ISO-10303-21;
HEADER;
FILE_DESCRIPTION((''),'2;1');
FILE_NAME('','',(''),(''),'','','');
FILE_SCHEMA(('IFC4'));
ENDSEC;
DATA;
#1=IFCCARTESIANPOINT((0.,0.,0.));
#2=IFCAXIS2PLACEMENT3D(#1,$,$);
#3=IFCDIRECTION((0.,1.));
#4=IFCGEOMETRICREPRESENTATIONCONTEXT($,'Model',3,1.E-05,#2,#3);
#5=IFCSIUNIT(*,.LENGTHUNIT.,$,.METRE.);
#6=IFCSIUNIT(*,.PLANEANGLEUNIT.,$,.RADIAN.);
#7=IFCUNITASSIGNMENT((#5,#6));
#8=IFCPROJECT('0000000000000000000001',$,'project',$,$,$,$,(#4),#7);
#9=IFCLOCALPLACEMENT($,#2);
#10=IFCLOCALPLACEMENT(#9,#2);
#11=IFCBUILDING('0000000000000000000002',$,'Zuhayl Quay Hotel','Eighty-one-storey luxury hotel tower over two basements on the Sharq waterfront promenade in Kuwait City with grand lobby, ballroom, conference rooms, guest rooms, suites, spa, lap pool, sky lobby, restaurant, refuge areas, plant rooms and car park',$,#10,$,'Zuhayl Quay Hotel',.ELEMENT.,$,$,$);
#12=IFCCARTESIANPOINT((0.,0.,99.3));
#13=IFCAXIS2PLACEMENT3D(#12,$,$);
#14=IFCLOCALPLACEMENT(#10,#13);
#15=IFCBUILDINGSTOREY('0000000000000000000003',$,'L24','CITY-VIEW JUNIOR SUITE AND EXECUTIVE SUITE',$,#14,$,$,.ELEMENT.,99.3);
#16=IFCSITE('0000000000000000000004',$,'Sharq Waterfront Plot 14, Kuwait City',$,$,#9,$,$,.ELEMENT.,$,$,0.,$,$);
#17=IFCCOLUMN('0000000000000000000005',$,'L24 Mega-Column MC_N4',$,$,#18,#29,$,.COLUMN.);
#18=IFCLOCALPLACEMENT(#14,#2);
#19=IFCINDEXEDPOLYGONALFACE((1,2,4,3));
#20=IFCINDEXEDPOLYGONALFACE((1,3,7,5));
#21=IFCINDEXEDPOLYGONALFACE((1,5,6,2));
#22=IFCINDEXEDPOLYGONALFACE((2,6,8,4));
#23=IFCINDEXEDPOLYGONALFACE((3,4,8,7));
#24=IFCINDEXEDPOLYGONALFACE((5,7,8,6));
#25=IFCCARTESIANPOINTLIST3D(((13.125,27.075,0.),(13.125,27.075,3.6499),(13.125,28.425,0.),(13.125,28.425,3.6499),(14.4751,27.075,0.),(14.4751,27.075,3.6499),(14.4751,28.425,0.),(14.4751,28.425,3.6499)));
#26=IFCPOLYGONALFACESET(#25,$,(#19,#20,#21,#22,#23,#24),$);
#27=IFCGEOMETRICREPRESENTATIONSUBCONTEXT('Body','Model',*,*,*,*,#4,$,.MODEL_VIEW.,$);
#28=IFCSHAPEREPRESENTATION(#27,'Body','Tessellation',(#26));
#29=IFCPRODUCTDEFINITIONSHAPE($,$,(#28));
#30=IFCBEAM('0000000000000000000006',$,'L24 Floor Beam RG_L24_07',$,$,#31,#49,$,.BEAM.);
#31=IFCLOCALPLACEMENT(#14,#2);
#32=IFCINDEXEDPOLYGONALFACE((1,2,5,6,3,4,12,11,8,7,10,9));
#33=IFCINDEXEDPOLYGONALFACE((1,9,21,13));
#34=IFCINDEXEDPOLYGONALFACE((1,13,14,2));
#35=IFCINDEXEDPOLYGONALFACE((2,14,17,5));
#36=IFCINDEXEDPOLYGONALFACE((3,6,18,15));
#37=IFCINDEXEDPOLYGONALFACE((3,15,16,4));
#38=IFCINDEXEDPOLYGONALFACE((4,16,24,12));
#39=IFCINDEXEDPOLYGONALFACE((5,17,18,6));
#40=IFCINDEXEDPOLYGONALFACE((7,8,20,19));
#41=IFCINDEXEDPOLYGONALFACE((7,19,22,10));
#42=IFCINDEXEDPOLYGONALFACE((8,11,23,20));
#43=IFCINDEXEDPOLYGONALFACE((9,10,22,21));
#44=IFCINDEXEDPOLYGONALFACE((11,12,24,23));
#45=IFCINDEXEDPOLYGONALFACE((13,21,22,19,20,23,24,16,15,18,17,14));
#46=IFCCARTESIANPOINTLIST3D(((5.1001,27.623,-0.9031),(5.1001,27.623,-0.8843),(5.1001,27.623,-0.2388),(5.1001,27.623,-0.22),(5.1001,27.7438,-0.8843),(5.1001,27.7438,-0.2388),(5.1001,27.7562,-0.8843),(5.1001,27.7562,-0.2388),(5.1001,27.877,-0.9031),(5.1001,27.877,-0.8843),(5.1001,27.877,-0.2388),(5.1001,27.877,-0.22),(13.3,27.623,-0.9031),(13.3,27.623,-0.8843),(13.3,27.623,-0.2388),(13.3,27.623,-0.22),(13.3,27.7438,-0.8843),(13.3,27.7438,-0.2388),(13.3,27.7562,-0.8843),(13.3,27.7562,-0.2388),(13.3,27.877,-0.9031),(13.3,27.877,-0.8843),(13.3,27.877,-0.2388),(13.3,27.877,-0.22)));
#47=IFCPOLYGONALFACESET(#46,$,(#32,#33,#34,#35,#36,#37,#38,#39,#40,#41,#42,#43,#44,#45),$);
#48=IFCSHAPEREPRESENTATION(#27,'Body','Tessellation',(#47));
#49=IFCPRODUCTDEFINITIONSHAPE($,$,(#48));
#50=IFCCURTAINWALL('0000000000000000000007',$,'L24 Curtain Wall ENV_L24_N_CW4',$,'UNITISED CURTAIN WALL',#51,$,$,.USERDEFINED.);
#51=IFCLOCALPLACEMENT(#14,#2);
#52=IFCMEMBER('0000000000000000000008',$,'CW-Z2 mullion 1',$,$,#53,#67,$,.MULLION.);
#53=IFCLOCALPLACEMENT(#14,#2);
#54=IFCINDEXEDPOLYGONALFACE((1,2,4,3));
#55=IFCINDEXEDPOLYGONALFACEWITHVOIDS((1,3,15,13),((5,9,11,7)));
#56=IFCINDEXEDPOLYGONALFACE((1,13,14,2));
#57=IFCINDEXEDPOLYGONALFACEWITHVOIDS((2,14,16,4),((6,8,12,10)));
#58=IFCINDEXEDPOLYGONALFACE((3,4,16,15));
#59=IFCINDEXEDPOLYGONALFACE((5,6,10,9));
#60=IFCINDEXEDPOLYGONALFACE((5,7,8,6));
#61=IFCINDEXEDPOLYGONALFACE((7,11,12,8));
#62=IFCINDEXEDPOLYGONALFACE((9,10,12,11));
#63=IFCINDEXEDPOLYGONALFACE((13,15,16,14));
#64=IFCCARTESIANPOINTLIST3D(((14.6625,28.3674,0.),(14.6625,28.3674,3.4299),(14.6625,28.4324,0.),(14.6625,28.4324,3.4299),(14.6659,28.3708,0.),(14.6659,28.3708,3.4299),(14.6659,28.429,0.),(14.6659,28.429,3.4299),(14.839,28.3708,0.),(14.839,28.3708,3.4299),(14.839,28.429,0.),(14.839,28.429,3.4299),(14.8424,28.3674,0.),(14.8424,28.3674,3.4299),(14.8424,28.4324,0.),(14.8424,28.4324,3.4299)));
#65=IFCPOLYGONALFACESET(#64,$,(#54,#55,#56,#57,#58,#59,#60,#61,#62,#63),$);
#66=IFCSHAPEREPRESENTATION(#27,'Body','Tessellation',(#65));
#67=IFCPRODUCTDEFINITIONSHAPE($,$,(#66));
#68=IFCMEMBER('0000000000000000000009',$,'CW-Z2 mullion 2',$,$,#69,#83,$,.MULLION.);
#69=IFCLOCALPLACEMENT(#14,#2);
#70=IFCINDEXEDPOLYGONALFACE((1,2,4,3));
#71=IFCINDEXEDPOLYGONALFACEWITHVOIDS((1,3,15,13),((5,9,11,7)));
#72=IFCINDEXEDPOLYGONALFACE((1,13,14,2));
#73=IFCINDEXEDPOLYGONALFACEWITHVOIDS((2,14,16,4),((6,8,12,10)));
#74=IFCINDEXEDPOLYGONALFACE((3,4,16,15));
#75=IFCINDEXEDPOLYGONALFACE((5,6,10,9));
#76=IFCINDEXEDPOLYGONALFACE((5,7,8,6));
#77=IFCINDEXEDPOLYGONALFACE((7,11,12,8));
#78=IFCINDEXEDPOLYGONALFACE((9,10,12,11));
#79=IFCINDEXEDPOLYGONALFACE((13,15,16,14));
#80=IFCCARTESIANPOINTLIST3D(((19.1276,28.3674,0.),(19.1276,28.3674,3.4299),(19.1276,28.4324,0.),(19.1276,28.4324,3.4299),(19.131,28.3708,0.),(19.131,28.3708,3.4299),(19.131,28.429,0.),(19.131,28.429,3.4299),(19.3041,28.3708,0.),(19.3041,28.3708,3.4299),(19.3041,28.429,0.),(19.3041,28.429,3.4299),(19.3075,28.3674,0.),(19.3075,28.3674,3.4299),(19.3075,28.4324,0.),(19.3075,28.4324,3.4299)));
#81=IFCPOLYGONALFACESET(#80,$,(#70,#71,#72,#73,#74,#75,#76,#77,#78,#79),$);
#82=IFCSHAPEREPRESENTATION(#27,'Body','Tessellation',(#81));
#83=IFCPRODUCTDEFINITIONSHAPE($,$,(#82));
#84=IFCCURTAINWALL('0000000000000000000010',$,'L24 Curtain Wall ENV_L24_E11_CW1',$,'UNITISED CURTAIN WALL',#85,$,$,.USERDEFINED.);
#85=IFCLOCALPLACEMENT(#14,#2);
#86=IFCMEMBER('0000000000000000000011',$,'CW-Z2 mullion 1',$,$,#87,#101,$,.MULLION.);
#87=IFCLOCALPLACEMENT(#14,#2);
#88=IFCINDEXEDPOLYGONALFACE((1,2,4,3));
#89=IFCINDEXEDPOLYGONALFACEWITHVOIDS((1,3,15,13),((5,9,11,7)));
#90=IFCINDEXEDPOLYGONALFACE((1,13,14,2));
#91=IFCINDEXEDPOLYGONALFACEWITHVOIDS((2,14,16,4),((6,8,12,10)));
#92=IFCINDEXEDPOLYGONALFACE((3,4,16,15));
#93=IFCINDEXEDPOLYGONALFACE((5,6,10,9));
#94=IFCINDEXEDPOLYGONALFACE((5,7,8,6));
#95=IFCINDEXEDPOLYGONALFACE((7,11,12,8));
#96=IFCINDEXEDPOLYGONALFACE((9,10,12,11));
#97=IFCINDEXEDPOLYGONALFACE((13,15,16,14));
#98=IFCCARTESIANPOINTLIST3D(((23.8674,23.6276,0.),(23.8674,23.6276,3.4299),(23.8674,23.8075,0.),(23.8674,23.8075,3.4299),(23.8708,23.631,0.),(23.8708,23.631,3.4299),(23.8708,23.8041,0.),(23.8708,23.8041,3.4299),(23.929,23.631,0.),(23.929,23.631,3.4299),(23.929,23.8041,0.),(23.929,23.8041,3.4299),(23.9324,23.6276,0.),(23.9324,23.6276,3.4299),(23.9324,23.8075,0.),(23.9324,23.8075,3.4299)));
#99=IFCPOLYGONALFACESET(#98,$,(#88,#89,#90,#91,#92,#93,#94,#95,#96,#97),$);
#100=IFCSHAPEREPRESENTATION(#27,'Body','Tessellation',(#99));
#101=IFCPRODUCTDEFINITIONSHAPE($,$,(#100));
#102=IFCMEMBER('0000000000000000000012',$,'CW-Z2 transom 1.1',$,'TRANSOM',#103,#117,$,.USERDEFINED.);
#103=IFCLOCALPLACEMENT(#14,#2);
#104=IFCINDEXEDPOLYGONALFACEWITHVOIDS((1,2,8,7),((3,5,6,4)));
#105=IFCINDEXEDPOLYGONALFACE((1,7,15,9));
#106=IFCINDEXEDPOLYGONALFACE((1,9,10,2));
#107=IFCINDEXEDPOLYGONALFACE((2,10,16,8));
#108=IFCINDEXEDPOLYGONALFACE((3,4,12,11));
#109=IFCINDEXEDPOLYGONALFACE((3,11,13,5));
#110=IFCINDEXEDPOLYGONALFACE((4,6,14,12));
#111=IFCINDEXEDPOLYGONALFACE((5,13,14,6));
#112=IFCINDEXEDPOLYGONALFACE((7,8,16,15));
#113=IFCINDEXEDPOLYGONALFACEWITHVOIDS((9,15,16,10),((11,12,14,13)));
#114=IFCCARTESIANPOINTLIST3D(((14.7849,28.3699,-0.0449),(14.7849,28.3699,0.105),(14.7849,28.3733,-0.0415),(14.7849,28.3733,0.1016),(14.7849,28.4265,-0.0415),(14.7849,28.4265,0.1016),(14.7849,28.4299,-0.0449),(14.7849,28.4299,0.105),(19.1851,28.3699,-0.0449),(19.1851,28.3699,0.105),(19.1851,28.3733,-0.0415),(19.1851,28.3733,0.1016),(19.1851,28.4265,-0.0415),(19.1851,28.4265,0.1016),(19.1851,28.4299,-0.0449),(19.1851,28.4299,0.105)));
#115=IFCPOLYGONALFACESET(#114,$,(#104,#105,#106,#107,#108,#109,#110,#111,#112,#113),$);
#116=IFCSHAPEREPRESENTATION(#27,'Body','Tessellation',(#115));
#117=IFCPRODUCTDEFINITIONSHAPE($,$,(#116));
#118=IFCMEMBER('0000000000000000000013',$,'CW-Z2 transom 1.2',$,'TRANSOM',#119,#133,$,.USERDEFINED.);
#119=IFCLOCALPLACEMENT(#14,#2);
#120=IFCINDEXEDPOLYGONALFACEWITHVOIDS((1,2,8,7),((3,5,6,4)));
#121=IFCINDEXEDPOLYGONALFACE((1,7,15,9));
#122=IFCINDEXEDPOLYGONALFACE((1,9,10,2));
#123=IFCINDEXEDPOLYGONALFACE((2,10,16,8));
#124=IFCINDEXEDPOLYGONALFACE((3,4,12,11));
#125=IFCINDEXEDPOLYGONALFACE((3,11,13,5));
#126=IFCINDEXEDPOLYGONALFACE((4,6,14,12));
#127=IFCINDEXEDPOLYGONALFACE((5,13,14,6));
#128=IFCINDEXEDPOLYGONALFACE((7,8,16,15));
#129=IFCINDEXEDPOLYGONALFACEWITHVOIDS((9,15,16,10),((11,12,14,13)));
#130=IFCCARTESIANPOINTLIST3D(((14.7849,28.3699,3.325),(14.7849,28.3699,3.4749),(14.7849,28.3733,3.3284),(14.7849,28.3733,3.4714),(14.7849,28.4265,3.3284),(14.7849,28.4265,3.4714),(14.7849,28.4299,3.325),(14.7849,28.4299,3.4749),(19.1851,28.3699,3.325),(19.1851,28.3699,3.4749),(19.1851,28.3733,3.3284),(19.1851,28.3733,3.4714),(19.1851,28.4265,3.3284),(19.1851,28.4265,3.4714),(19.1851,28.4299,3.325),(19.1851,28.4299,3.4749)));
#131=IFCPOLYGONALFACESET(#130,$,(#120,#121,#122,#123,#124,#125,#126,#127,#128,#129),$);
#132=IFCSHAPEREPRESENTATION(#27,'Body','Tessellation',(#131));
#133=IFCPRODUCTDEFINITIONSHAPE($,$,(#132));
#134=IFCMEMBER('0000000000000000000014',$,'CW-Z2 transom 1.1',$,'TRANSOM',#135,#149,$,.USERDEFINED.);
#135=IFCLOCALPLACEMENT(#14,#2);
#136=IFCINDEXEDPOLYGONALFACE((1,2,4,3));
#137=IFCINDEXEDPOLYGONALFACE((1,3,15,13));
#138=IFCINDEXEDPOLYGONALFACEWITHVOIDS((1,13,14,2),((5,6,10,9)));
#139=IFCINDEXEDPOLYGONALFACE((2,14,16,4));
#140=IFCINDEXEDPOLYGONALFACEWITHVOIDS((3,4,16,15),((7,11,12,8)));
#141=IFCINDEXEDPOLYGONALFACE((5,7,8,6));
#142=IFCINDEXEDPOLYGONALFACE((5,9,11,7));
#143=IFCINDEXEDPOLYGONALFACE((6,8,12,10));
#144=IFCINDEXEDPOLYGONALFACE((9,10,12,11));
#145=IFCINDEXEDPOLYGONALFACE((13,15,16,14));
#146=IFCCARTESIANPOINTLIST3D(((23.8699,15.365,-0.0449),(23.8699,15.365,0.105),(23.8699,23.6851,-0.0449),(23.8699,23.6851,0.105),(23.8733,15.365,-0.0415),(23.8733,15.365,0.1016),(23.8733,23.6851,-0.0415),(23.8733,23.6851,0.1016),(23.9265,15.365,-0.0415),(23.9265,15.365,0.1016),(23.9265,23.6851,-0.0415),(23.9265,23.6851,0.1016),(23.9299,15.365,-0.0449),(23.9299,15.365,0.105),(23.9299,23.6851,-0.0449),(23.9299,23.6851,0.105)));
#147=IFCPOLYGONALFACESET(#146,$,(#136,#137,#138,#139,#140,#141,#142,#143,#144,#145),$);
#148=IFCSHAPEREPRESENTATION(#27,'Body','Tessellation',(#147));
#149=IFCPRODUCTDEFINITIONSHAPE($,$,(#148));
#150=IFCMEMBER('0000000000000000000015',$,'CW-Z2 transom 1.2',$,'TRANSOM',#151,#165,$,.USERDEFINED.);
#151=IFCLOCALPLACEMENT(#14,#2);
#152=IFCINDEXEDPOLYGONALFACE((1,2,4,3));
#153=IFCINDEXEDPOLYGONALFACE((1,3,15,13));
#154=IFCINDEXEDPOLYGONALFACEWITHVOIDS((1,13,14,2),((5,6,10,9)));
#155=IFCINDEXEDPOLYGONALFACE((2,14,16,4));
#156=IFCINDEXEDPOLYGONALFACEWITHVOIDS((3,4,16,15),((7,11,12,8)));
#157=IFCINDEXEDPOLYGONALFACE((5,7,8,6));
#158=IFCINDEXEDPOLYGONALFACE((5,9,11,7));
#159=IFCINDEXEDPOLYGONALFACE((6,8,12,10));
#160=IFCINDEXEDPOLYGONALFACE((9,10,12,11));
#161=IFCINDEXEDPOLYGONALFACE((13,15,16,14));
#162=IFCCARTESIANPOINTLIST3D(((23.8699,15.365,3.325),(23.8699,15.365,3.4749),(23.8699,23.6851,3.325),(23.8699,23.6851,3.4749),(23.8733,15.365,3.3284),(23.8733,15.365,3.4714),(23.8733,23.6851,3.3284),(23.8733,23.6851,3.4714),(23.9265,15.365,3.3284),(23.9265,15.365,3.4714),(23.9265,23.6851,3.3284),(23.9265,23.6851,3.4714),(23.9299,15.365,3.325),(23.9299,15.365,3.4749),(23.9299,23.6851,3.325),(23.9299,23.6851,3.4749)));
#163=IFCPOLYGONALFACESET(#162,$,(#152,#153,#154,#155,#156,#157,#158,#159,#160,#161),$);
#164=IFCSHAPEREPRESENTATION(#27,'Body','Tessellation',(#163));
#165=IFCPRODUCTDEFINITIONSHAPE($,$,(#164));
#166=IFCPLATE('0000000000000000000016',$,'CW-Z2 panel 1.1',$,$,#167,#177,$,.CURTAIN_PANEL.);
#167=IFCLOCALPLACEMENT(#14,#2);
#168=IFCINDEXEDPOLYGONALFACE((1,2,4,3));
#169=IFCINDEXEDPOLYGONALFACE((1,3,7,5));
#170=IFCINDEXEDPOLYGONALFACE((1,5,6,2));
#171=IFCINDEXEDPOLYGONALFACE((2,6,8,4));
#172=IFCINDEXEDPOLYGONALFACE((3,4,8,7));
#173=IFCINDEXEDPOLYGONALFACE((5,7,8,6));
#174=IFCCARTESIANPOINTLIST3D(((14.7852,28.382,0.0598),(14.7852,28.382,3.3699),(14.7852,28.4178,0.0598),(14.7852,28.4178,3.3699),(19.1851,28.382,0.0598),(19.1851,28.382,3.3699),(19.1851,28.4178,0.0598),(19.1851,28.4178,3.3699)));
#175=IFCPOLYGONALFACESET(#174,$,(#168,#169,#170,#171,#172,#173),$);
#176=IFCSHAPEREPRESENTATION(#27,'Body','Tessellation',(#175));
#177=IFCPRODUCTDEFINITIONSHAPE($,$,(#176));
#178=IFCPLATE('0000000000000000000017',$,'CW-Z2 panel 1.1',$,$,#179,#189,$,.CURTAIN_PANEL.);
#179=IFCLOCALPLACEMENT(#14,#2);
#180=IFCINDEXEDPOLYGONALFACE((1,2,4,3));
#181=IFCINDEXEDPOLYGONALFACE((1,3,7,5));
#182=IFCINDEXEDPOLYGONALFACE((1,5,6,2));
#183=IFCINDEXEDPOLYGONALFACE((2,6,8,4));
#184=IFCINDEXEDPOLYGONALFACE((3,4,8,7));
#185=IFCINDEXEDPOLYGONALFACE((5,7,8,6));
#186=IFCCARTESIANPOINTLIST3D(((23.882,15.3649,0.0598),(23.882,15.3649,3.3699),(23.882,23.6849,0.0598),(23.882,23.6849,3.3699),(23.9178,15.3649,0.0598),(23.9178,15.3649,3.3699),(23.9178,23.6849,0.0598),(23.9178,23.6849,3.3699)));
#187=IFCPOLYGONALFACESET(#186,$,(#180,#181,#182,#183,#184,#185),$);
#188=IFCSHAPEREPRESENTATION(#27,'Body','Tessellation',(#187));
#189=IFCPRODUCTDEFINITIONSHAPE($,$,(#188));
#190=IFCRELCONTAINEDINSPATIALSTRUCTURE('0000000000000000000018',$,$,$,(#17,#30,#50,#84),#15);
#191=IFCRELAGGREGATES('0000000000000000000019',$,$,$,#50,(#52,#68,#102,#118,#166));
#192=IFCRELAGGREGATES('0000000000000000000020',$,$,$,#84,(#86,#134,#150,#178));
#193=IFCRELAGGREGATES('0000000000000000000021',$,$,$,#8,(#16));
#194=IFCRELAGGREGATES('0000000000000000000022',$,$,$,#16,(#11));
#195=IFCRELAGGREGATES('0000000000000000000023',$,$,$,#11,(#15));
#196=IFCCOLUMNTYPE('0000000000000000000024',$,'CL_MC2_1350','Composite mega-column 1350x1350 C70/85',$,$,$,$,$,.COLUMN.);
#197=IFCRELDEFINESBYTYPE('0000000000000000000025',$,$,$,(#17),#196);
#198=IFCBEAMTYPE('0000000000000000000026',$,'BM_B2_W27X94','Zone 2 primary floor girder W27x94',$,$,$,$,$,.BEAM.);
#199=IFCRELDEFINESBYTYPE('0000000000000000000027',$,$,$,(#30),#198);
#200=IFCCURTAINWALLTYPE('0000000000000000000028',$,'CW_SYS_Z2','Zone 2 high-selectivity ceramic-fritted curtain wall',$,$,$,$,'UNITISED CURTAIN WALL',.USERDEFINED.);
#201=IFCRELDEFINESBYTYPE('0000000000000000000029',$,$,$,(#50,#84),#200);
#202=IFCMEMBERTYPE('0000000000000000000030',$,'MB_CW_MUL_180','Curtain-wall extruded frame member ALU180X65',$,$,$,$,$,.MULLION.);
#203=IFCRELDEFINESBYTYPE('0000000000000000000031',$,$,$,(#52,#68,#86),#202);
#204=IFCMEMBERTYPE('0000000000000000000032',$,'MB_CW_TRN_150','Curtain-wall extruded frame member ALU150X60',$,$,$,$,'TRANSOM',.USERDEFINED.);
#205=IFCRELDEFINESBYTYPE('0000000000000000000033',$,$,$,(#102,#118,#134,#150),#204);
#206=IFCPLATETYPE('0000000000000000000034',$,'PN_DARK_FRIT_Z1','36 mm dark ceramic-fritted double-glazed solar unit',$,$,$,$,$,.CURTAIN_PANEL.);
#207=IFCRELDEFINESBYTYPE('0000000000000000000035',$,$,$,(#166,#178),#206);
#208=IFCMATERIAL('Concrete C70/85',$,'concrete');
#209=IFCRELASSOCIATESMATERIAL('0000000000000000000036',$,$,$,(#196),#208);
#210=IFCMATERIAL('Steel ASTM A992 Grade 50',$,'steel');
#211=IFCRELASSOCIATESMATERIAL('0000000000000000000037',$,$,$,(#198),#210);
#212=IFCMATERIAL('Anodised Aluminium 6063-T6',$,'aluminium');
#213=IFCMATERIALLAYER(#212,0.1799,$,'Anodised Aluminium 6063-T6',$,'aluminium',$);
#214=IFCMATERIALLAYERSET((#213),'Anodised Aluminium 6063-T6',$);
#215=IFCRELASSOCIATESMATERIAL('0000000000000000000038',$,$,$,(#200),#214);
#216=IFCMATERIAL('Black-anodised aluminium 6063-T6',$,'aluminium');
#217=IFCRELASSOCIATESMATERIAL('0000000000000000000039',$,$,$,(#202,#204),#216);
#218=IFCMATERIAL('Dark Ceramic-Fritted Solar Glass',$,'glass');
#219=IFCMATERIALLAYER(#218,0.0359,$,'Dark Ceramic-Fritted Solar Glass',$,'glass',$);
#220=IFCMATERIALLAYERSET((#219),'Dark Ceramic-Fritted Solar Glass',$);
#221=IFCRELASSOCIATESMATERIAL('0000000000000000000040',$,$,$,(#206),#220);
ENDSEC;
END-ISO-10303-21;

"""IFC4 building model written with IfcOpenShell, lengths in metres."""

from ifc_helpers import new_model, si_unit, direction, frame, origin, origin_2d, place, context, subcontext, project, spatial, rectangle, hollow_rectangle, i_section, extrude, material, layer, layer_set, material_profile, profile_set, type_object, element, aggregate, save


model = new_model("IFC4")

# Units and contexts
model_context = context("Model", 3, precision=1e-05, world=origin(), true_north=direction((0.0, 1.0)))
body_context = subcontext(model_context, "Body", "Model", "MODEL_VIEW")
ifc_project = project(units=[si_unit("LENGTHUNIT", "METRE"), si_unit("PLANEANGLEUNIT", "RADIAN")], contexts=[model_context])

# Site, building, storey
site_placement = place(None, origin())
site = spatial("IfcSite", under=ifc_project, at=site_placement, Name="Sharq Waterfront Plot 14, Kuwait City", CompositionType="ELEMENT", RefElevation=0.0)
building_placement = place(site_placement, origin())
building = spatial("IfcBuilding", under=site, at=building_placement, Name="Zuhayl Quay Hotel", Description="Eighty-one-storey luxury hotel tower over two basements on the Sharq waterfront promenade in Kuwait City with grand lobby, ballroom, conference rooms, guest rooms, suites, spa, lap pool, sky lobby, restaurant, refuge areas, plant rooms and car park", LongName="Zuhayl Quay Hotel", CompositionType="ELEMENT")
storey_placement = place(building_placement, frame((0.0, 0.0, 99.3)))
storey = spatial("IfcBuildingStorey", under=building, at=storey_placement, Name="L24", Description="CITY-VIEW JUNIOR SUITE AND EXECUTIVE SUITE", CompositionType="ELEMENT", Elevation=99.3)

# Column
ifc_material_1 = material(Name="Concrete C70/85", Category="concrete")
ifc_material_profile_1 = material_profile(ifc_material_1, rectangle(XDim=1.3501, YDim=1.3501, at=origin_2d()), Name="RC1350X1350")
ifc_profile_set_1 = profile_set([ifc_material_profile_1], Name="Concrete C70/85")
column_type = type_object("IfcColumnType", Name="CL_MC2_1350", Description="Composite mega-column 1350x1350 C70/85", PredefinedType="COLUMN", material=ifc_profile_set_1)
column_placement = place(storey_placement, frame((13.8, 27.75, 0.0), z_axis=(0.0, 0.0, 1.0), x_axis=(1.0, 0.0, 0.0)))
element("IfcColumn", 1, at=column_placement, inside=storey, type_object=column_type, Name="L24 Mega-Column MC_N4", PredefinedType="COLUMN", context=body_context, shape_type="SweptSolid", body=[
    extrude(rectangle(XDim=1.3501, YDim=1.3501, at=origin_2d()), origin(), (0.0, 0.0, 1.0), 3.6499),
])

# Beam
ifc_material_2 = material(Name="Steel ASTM A992 Grade 50", Category="steel")
ifc_material_profile_2 = material_profile(ifc_material_2, i_section(OverallWidth=0.2539, OverallDepth=0.6831, WebThickness=0.0125, FlangeThickness=0.0188, at=origin_2d()), Name="W27X94")
ifc_profile_set_2 = profile_set([ifc_material_profile_2], Name="Steel ASTM A992 Grade 50")
beam_type = type_object("IfcBeamType", Name="BM_B2_W27X94", Description="Zone 2 primary floor girder W27x94", PredefinedType="BEAM", material=ifc_profile_set_2)
beam_placement = place(storey_placement, frame((13.3, 27.75, -0.5615), z_axis=(-1.0, 0.0, 0.0), x_axis=(0.0, -1.0, 0.0)))
element("IfcBeam", 2, at=beam_placement, inside=storey, type_object=beam_type, Name="L24 Floor Beam RG_L24_07", PredefinedType="BEAM", context=body_context, shape_type="SweptSolid", body=[
    extrude(i_section(OverallWidth=0.2539, OverallDepth=0.6831, WebThickness=0.0125, FlangeThickness=0.0188, at=origin_2d()), origin(), (0.0, 0.0, 1.0), 8.2),
])

# Curtain wall, members
ifc_material_3 = material(Name="Anodised Aluminium 6063-T6", Category="aluminium")
ifc_layer_1 = layer(ifc_material_3, 0.1799, Name="Anodised Aluminium 6063-T6", Category="aluminium")
ifc_layer_set_1 = layer_set([ifc_layer_1], Name="Anodised Aluminium 6063-T6")
curtain_wall_type = type_object("IfcCurtainWallType", Name="CW_SYS_Z2", Description="Zone 2 high-selectivity ceramic-fritted curtain wall", ElementType="UNITISED CURTAIN WALL", PredefinedType="USERDEFINED", material=ifc_layer_set_1)
curtain_wall_1_placement = place(storey_placement, origin())
curtain_wall_1 = element("IfcCurtainWall", 3, at=curtain_wall_1_placement, inside=storey, type_object=curtain_wall_type, Name="L24 Curtain Wall ENV_L24_N_CW4", ObjectType="UNITISED CURTAIN WALL", PredefinedType="USERDEFINED")
ifc_material_4 = material(Name="Black-anodised aluminium 6063-T6", Category="aluminium")
ifc_material_profile_3 = material_profile(ifc_material_4, hollow_rectangle(XDim=0.0649, YDim=0.1799, WallThickness=0.0034, at=origin_2d()), Name="ALU180X65")
ifc_profile_set_3 = profile_set([ifc_material_profile_3], Name="Black-anodised aluminium 6063-T6")
member_type_1 = type_object("IfcMemberType", Name="MB_CW_MUL_180", Description="Curtain-wall extruded frame member ALU180X65", PredefinedType="MULLION", material=ifc_profile_set_3)
member_1_placement = place(storey_placement, frame((14.7524, 28.3999, 0.0), z_axis=(0.0, 0.0, 1.0), x_axis=(0.0, 1.0, 0.0)))
member_1 = element("IfcMember", 4, at=member_1_placement, type_object=member_type_1, Name="CW-Z2 mullion 1", PredefinedType="MULLION", context=body_context, shape_type="SweptSolid", body=[
    extrude(hollow_rectangle(XDim=0.0649, YDim=0.1799, WallThickness=0.0034, at=origin_2d()), origin(), (0.0, 0.0, 1.0), 3.4299),
])
member_2_placement = place(storey_placement, frame((19.2175, 28.3999, 0.0), z_axis=(0.0, 0.0, 1.0), x_axis=(0.0, 1.0, 0.0)))
member_2 = element("IfcMember", 5, at=member_2_placement, type_object=member_type_1, Name="CW-Z2 mullion 2", PredefinedType="MULLION", context=body_context, shape_type="SweptSolid", body=[
    extrude(hollow_rectangle(XDim=0.0649, YDim=0.1799, WallThickness=0.0034, at=origin_2d()), origin(), (0.0, 0.0, 1.0), 3.4299),
])

# Curtain wall, member
curtain_wall_2_placement = place(storey_placement, origin())
curtain_wall_2 = element("IfcCurtainWall", 6, at=curtain_wall_2_placement, inside=storey, type_object=curtain_wall_type, Name="L24 Curtain Wall ENV_L24_E11_CW1", ObjectType="UNITISED CURTAIN WALL", PredefinedType="USERDEFINED")
member_3_placement = place(storey_placement, frame((23.8999, 23.7175, 0.0), z_axis=(0.0, 0.0, 1.0), x_axis=(1.0, 0.0, 0.0)))
member_3 = element("IfcMember", 7, at=member_3_placement, type_object=member_type_1, Name="CW-Z2 mullion 1", PredefinedType="MULLION", context=body_context, shape_type="SweptSolid", body=[
    extrude(hollow_rectangle(XDim=0.0649, YDim=0.1799, WallThickness=0.0034, at=origin_2d()), origin(), (0.0, 0.0, 1.0), 3.4299),
])

# Members
ifc_material_profile_4 = material_profile(ifc_material_4, hollow_rectangle(XDim=0.0601, YDim=0.1499, WallThickness=0.0034, at=origin_2d()), Name="ALU150X60")
ifc_profile_set_4 = profile_set([ifc_material_profile_4], Name="Black-anodised aluminium 6063-T6")
member_type_2 = type_object("IfcMemberType", Name="MB_CW_TRN_150", Description="Curtain-wall extruded frame member ALU150X60", ElementType="TRANSOM", PredefinedType="USERDEFINED", material=ifc_profile_set_4)
member_4_placement = place(storey_placement, frame((14.7849, 28.3999, 0.03), z_axis=(1.0, 0.0, 0.0), x_axis=(0.0, 1.0, 0.0)))
member_4 = element("IfcMember", 8, at=member_4_placement, type_object=member_type_2, Name="CW-Z2 transom 1.1", ObjectType="TRANSOM", PredefinedType="USERDEFINED", context=body_context, shape_type="SweptSolid", body=[
    extrude(hollow_rectangle(XDim=0.0601, YDim=0.1499, WallThickness=0.0034, at=origin_2d()), origin(), (0.0, 0.0, 1.0), 4.4001),
])
member_5_placement = place(storey_placement, frame((14.7849, 28.3999, 3.3999), z_axis=(1.0, 0.0, 0.0), x_axis=(0.0, 1.0, 0.0)))
member_5 = element("IfcMember", 9, at=member_5_placement, type_object=member_type_2, Name="CW-Z2 transom 1.2", ObjectType="TRANSOM", PredefinedType="USERDEFINED", context=body_context, shape_type="SweptSolid", body=[
    extrude(hollow_rectangle(XDim=0.0601, YDim=0.1499, WallThickness=0.0034, at=origin_2d()), origin(), (0.0, 0.0, 1.0), 4.4001),
])
member_6_placement = place(storey_placement, frame((23.8999, 23.6851, 0.03), z_axis=(0.0, -1.0, 0.0), x_axis=(1.0, 0.0, 0.0)))
member_6 = element("IfcMember", 10, at=member_6_placement, type_object=member_type_2, Name="CW-Z2 transom 1.1", ObjectType="TRANSOM", PredefinedType="USERDEFINED", context=body_context, shape_type="SweptSolid", body=[
    extrude(hollow_rectangle(XDim=0.0601, YDim=0.1499, WallThickness=0.0034, at=origin_2d()), origin(), (0.0, 0.0, 1.0), 8.3201),
])
member_7_placement = place(storey_placement, frame((23.8999, 23.6851, 3.3999), z_axis=(0.0, -1.0, 0.0), x_axis=(1.0, 0.0, 0.0)))
member_7 = element("IfcMember", 11, at=member_7_placement, type_object=member_type_2, Name="CW-Z2 transom 1.2", ObjectType="TRANSOM", PredefinedType="USERDEFINED", context=body_context, shape_type="SweptSolid", body=[
    extrude(hollow_rectangle(XDim=0.0601, YDim=0.1499, WallThickness=0.0034, at=origin_2d()), origin(), (0.0, 0.0, 1.0), 8.3201),
])

# Plates
ifc_material_5 = material(Name="Dark Ceramic-Fritted Solar Glass", Category="glass")
ifc_layer_2 = layer(ifc_material_5, 0.0359, Name="Dark Ceramic-Fritted Solar Glass", Category="glass")
ifc_layer_set_2 = layer_set([ifc_layer_2], Name="Dark Ceramic-Fritted Solar Glass")
plate_type = type_object("IfcPlateType", Name="PN_DARK_FRIT_Z1", Description="36 mm dark ceramic-fritted double-glazed solar unit", PredefinedType="CURTAIN_PANEL", material=ifc_layer_set_2)
plate_1_placement = place(storey_placement, frame((16.9851, 28.3999, 0.0598), z_axis=(0.0, 0.0, 1.0), x_axis=(1.0, 0.0, 0.0)))
plate_1 = element("IfcPlate", 12, at=plate_1_placement, type_object=plate_type, Name="CW-Z2 panel 1.1", PredefinedType="CURTAIN_PANEL", context=body_context, shape_type="SweptSolid", body=[
    extrude(rectangle(XDim=4.3999, YDim=0.0359, at=origin_2d()), origin(), (0.0, 0.0, 1.0), 3.3101),
])
aggregate(curtain_wall_1, [member_1, member_2, member_4, member_5, plate_1])
plate_2_placement = place(storey_placement, frame((23.8999, 19.5249, 0.0598), z_axis=(0.0, 0.0, 1.0), x_axis=(0.0, -1.0, 0.0)))
plate_2 = element("IfcPlate", 13, at=plate_2_placement, type_object=plate_type, Name="CW-Z2 panel 1.1", PredefinedType="CURTAIN_PANEL", context=body_context, shape_type="SweptSolid", body=[
    extrude(rectangle(XDim=8.3201, YDim=0.0359, at=origin_2d()), origin(), (0.0, 0.0, 1.0), 3.3101),
])
aggregate(curtain_wall_2, [member_3, member_6, member_7, plate_2])

save(model, "model.ifc")
